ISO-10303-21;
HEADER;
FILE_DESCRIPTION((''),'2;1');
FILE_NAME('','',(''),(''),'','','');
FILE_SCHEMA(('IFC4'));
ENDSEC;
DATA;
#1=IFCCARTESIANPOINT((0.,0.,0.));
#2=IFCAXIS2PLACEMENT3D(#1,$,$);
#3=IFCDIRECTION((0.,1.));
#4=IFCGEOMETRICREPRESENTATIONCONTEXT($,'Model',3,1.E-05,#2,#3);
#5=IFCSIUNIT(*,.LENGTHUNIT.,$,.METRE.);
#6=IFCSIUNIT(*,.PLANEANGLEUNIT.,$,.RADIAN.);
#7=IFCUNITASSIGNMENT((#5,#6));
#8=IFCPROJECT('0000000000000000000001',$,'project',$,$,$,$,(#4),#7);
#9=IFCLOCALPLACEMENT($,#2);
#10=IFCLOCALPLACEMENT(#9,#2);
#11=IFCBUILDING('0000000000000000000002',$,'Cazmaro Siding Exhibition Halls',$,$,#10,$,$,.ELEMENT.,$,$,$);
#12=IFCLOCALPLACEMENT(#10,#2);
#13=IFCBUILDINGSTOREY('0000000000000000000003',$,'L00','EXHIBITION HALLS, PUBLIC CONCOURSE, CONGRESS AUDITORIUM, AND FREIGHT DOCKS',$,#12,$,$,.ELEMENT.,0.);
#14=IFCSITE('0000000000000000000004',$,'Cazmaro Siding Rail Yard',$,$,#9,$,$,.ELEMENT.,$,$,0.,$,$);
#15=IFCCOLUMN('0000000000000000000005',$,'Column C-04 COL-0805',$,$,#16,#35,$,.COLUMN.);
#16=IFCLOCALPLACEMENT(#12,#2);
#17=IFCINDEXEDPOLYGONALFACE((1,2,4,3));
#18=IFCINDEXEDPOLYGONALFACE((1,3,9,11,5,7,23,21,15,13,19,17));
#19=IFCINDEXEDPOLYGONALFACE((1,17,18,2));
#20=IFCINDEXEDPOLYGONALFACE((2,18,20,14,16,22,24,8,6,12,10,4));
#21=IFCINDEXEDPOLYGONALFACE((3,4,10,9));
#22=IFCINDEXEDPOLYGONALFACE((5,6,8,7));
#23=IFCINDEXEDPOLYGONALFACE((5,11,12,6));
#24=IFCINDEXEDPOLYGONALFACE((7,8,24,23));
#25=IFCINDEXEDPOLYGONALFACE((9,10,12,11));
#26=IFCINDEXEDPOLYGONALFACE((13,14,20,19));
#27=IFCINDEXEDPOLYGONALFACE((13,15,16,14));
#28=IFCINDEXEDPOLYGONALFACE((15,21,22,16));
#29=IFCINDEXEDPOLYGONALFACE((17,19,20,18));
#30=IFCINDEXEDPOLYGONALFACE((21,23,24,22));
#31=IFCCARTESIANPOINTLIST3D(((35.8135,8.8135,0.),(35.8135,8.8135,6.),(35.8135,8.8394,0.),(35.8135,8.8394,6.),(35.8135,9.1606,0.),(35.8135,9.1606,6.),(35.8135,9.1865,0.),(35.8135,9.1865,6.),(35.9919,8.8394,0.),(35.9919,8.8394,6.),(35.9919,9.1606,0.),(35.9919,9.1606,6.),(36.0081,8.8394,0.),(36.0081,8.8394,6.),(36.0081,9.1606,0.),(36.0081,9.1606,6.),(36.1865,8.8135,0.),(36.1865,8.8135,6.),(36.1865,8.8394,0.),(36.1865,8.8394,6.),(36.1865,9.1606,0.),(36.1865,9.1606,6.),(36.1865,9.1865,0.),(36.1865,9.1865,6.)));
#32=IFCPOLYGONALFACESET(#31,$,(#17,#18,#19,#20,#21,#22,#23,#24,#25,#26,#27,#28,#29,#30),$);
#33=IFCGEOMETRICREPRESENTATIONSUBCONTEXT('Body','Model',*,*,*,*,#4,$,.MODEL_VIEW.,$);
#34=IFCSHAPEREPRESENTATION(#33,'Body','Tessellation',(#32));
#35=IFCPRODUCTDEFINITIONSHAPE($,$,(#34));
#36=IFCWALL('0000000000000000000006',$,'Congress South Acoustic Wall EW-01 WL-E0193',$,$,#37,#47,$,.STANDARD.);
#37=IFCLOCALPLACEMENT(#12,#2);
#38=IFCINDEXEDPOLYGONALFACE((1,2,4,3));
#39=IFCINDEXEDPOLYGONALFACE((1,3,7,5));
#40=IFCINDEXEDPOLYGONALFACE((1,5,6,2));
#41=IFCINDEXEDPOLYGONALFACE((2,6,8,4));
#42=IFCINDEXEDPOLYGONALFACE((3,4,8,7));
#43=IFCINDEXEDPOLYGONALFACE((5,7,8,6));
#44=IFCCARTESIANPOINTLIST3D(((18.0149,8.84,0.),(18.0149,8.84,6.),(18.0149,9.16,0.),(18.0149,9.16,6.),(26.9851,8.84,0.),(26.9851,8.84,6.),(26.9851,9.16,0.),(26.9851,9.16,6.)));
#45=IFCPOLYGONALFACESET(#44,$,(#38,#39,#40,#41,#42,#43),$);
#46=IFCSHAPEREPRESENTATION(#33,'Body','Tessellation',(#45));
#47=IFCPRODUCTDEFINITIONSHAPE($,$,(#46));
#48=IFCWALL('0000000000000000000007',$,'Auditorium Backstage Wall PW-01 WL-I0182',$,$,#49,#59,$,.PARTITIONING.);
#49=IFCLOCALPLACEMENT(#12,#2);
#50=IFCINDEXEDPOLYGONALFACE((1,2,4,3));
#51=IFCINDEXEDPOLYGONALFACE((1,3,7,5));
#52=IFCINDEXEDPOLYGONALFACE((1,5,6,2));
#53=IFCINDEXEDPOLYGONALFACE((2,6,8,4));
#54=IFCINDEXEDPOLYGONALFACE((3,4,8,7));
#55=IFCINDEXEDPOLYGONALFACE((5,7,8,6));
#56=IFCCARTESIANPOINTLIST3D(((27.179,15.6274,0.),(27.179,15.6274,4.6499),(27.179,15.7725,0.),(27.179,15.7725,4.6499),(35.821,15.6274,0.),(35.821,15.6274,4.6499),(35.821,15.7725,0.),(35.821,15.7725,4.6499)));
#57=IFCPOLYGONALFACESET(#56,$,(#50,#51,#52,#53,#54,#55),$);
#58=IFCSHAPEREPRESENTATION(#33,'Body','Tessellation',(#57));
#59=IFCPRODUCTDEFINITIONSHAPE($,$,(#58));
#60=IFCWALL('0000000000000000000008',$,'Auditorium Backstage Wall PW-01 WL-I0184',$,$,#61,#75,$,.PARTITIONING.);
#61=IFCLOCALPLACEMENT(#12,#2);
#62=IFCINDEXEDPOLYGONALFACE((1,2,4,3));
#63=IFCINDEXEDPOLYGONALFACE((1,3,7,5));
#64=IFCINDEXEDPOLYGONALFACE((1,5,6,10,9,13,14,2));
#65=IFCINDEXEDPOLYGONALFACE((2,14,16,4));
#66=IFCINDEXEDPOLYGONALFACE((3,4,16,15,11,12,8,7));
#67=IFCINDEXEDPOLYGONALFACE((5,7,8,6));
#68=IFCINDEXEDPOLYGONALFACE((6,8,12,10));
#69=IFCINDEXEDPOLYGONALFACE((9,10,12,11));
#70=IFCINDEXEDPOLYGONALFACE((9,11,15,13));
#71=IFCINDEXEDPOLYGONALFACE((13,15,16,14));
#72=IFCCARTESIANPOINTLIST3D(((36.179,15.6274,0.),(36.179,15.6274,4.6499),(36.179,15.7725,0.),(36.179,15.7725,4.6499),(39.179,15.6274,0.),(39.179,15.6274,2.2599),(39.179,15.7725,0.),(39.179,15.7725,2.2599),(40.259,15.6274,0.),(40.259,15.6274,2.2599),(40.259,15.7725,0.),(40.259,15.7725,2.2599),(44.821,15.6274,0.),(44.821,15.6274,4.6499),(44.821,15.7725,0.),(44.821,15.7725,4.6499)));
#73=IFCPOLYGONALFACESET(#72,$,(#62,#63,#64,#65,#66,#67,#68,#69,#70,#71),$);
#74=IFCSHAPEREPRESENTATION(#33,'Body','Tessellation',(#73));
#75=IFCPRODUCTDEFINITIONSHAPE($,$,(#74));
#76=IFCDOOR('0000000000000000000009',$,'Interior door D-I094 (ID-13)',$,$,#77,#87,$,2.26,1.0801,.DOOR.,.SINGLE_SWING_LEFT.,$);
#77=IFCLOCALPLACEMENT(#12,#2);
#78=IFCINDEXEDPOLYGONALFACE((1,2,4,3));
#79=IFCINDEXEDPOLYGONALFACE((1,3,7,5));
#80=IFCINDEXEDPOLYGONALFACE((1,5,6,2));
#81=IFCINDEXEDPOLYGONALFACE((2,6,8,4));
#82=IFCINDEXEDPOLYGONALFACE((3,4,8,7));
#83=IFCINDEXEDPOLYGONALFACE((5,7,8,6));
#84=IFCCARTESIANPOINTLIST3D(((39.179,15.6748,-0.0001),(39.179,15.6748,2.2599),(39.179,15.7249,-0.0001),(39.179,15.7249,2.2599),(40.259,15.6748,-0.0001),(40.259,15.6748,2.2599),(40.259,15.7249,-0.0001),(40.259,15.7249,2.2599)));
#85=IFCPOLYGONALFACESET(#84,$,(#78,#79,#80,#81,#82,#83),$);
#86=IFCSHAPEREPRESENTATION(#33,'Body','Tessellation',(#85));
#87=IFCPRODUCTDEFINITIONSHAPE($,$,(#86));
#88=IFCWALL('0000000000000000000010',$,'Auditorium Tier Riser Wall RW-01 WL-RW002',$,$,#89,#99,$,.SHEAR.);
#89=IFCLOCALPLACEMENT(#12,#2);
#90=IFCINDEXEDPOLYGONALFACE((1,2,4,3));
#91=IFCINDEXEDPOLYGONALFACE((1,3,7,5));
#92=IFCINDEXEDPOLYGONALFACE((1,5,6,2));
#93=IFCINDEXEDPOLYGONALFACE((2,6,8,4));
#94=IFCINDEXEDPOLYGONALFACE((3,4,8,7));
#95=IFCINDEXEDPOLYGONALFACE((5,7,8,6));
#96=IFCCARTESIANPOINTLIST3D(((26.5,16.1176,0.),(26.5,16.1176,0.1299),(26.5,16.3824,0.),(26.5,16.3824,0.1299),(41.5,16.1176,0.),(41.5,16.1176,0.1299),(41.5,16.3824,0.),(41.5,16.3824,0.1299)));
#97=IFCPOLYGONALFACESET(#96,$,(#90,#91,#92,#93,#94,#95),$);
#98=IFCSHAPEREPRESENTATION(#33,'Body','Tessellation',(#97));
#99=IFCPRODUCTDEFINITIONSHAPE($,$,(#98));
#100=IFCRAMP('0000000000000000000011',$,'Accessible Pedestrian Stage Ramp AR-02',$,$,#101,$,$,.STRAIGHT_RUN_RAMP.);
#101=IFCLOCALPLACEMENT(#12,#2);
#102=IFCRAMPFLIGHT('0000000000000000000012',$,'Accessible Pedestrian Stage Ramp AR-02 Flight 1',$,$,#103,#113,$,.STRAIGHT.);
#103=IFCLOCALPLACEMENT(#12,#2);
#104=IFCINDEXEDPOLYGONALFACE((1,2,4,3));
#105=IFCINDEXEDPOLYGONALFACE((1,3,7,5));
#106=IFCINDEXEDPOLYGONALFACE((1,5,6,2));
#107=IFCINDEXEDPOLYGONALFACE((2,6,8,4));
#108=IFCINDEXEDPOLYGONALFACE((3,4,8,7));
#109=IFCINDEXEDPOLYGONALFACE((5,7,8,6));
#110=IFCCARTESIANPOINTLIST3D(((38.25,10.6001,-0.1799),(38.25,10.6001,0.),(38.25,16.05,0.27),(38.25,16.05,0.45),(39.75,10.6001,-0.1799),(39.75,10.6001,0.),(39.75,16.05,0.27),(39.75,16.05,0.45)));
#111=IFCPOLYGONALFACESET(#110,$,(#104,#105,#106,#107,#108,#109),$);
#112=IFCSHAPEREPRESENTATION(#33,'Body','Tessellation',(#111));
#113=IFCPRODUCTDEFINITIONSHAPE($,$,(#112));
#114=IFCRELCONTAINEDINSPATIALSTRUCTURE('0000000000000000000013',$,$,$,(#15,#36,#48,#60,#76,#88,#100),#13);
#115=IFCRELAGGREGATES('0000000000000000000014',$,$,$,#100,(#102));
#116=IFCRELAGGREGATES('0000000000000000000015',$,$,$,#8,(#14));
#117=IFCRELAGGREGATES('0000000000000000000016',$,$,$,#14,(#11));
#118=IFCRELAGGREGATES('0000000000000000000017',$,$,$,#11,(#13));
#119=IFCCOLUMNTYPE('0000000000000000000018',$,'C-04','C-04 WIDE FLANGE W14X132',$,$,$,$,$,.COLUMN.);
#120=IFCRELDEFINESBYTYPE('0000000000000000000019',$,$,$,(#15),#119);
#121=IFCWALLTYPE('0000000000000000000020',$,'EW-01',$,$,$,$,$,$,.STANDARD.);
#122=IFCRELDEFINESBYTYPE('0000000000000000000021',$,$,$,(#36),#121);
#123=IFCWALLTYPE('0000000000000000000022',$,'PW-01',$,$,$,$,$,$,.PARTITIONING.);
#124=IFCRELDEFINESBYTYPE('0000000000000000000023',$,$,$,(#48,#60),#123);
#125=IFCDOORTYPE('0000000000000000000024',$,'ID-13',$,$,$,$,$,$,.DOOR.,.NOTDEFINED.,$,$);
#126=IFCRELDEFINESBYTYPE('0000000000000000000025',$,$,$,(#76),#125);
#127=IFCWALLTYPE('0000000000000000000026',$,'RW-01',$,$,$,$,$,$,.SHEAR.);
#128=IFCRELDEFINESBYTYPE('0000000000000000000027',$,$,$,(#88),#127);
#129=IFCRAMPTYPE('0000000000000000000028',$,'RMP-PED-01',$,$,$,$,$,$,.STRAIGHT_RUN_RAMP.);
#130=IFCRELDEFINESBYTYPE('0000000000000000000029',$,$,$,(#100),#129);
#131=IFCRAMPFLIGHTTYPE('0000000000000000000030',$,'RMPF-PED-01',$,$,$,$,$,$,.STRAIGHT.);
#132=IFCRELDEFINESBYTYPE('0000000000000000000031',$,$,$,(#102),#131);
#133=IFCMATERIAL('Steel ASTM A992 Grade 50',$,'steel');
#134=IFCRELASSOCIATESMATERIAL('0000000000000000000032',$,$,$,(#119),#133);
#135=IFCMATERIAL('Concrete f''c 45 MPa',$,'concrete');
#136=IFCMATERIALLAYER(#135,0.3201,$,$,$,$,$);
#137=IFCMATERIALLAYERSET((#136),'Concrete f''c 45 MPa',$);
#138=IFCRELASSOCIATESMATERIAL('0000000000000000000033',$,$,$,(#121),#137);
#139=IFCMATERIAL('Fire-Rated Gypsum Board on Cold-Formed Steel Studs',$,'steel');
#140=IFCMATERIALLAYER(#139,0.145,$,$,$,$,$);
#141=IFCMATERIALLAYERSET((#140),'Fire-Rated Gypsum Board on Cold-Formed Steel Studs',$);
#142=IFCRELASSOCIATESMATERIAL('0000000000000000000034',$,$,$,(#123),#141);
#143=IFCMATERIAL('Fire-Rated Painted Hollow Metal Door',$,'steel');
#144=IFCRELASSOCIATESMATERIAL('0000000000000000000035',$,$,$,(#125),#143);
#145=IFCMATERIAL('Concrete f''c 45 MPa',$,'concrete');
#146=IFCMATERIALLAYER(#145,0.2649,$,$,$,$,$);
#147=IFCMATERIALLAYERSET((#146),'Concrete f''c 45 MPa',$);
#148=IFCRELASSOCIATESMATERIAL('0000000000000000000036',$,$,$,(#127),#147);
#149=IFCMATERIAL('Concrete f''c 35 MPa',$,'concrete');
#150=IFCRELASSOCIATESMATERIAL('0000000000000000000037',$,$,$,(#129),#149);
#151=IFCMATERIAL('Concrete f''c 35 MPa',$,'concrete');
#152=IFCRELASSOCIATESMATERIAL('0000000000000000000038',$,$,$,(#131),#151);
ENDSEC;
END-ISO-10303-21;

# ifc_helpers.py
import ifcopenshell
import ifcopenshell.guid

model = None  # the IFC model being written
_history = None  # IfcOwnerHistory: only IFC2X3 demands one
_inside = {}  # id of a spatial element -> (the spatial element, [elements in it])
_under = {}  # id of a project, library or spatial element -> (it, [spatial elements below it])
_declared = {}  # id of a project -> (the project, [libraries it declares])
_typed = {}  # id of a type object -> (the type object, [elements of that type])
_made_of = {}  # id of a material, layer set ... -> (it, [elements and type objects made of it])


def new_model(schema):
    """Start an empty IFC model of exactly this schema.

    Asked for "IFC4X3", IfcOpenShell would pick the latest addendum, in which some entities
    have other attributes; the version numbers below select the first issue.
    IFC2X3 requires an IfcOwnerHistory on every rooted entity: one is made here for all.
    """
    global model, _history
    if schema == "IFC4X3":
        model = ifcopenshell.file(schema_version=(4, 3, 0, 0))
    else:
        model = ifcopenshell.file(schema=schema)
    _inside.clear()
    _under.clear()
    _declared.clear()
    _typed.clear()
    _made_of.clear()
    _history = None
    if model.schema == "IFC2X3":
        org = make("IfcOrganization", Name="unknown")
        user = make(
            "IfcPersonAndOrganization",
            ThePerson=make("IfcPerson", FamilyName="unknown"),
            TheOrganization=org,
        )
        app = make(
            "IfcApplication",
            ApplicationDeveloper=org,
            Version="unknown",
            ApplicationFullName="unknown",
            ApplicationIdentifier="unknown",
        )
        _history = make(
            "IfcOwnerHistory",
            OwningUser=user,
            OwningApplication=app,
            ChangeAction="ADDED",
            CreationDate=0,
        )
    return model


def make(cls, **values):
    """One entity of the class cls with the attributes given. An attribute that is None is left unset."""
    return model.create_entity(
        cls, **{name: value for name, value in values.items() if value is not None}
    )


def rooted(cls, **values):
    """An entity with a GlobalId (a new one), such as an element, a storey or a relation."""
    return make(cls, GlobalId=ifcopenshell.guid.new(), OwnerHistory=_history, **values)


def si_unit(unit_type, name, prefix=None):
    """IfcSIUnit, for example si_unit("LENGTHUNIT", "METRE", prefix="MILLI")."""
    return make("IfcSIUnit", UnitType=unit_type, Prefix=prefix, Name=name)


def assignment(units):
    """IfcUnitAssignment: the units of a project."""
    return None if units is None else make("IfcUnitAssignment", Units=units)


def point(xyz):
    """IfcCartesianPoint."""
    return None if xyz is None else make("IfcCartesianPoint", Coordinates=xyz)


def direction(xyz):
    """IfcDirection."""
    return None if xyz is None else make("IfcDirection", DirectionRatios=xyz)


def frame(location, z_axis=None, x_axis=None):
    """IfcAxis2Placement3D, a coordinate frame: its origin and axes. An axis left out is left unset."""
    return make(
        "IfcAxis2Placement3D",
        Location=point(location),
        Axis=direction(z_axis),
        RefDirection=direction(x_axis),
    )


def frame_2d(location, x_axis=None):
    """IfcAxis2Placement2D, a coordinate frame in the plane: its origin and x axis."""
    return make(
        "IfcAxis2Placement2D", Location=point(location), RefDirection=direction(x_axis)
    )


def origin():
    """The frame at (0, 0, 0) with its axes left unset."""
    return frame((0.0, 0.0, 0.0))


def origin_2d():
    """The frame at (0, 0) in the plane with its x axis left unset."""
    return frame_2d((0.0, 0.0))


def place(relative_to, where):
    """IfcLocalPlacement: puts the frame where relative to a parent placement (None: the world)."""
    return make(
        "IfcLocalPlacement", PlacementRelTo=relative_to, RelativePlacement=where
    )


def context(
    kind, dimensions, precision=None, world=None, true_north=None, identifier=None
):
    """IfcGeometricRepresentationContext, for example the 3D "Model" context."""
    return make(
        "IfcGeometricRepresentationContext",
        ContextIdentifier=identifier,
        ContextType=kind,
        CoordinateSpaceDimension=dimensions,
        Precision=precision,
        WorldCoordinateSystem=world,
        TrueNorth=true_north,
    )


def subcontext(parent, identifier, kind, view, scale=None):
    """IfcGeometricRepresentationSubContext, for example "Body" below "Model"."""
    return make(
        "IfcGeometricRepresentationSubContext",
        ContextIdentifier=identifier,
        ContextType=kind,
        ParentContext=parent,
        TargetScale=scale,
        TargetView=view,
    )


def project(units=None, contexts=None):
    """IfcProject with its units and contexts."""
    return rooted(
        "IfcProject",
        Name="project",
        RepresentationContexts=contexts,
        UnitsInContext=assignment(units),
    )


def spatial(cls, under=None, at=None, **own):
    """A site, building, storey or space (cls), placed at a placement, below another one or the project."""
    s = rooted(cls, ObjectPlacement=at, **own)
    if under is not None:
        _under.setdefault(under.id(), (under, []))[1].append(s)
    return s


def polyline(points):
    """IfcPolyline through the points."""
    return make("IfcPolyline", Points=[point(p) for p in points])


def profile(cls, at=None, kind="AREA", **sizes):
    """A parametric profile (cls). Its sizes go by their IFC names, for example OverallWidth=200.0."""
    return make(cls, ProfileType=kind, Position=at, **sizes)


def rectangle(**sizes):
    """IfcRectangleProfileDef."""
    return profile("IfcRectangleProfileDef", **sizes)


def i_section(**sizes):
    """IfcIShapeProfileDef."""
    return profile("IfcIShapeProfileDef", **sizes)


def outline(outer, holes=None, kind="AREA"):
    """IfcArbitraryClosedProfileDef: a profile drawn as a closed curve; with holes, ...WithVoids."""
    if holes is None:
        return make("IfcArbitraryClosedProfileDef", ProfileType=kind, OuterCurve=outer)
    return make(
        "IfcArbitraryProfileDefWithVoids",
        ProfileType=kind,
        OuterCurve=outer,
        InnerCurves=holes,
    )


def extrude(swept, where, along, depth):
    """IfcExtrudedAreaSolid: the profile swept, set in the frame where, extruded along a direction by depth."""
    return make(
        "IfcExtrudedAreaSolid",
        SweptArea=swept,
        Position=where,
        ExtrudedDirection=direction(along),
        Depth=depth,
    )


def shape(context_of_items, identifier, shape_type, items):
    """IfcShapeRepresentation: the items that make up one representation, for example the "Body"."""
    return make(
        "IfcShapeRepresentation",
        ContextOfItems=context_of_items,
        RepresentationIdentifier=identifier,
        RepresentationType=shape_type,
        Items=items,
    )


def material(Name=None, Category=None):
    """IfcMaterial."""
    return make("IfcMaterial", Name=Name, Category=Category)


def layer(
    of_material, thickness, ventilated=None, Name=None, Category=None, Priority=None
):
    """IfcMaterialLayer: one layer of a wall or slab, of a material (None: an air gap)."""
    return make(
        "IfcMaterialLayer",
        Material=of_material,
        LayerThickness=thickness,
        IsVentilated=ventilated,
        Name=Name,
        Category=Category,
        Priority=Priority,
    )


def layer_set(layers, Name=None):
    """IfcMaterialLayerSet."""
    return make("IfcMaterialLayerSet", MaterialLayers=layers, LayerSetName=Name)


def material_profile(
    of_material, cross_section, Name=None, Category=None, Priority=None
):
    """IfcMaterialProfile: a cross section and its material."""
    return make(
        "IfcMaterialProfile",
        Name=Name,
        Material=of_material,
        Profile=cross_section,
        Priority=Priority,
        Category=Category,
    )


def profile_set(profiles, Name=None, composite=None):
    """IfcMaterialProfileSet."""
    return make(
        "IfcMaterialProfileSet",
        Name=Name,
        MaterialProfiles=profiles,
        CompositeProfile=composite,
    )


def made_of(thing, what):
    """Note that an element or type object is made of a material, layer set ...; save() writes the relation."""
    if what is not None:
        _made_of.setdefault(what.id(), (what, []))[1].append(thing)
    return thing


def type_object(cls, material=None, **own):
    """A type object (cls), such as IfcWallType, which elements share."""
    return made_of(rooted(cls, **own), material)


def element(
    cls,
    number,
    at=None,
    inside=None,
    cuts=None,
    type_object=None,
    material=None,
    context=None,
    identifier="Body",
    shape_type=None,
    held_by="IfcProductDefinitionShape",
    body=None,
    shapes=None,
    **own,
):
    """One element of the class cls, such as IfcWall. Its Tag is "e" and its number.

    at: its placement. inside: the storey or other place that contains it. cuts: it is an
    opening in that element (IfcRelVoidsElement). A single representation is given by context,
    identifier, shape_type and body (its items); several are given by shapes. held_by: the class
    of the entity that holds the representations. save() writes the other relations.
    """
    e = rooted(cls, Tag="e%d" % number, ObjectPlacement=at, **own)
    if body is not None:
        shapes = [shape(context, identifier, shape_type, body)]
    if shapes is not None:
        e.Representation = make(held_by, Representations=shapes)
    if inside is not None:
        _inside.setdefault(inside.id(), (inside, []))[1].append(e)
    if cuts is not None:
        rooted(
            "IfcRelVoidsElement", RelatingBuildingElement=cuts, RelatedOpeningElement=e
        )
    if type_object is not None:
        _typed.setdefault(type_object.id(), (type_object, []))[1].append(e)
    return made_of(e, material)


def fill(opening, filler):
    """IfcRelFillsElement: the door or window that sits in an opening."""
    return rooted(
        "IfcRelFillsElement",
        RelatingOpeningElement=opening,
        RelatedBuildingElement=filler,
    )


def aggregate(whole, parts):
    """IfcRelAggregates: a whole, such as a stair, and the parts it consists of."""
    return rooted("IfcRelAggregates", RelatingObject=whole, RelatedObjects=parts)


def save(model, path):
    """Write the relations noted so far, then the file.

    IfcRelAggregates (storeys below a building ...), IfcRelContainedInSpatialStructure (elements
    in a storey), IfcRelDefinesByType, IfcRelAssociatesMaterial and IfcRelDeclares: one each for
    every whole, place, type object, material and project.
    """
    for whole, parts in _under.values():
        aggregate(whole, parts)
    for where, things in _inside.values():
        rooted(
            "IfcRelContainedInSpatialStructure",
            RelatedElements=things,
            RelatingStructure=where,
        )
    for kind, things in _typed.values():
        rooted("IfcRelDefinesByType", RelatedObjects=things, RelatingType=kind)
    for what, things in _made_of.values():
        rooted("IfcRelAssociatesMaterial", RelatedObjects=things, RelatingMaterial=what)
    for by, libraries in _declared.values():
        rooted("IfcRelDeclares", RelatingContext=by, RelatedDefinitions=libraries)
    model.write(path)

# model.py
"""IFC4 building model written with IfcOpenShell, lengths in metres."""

from ifc_helpers import new_model, si_unit, direction, frame, frame_2d, origin, origin_2d, place, context, subcontext, project, spatial, polyline, rectangle, i_section, outline, extrude, material, layer, layer_set, material_profile, profile_set, type_object, element, fill, aggregate, save


model = new_model("IFC4")

# Units and contexts
model_context = context("Model", 3, precision=1e-05, world=origin(), true_north=direction((0.0, 1.0)))
body_context = subcontext(model_context, "Body", "Model", "MODEL_VIEW")
ifc_project = project(units=[si_unit("LENGTHUNIT", "METRE"), si_unit("PLANEANGLEUNIT", "RADIAN")], contexts=[model_context])

# Site, building, storey
site_placement = place(None, origin())
site = spatial("IfcSite", under=ifc_project, at=site_placement, Name="Cazmaro Siding Rail Yard", CompositionType="ELEMENT", RefElevation=0.0)
building_placement = place(site_placement, origin())
building = spatial("IfcBuilding", under=site, at=building_placement, Name="Cazmaro Siding Exhibition Halls", CompositionType="ELEMENT")
storey_placement = place(building_placement, origin())
storey = spatial("IfcBuildingStorey", under=building, at=storey_placement, Name="L00", Description="EXHIBITION HALLS, PUBLIC CONCOURSE, CONGRESS AUDITORIUM, AND FREIGHT DOCKS", CompositionType="ELEMENT", Elevation=0.0)

# Column
ifc_material_1 = material(Name="Steel ASTM A992 Grade 50", Category="steel")
ifc_material_profile_1 = material_profile(ifc_material_1, i_section(OverallWidth=0.373, OverallDepth=0.373, WebThickness=0.0161, FlangeThickness=0.0259, at=origin_2d()), Name="W14X132")
ifc_profile_set_1 = profile_set([ifc_material_profile_1], Name="Steel ASTM A992 Grade 50")
column_type = type_object("IfcColumnType", Name="C-04", Description="C-04 WIDE FLANGE W14X132", PredefinedType="COLUMN", material=ifc_profile_set_1)
for number, where, z_axis, x_axis, name in (
    (1, (36.0, 9.0, 0.0), (0.0, 0.0, 1.0), (1.0, 0.0, 0.0), "Column C-04 COL-0805"),
):
    element("IfcColumn", number, at=place(storey_placement, frame(where, z_axis=z_axis, x_axis=x_axis)), inside=storey, type_object=column_type, Name=name, PredefinedType="COLUMN", context=body_context, shape_type="SweptSolid", body=[
        extrude(i_section(OverallWidth=0.373, OverallDepth=0.373, WebThickness=0.0161, FlangeThickness=0.0259, at=origin_2d()), origin(), (0.0, 0.0, 1.0), 6.0),
    ])

# Wall
ifc_material_2 = material(Name="Concrete f'c 45 MPa", Category="concrete")
ifc_layer_1 = layer(ifc_material_2, 0.3201)
ifc_layer_set_1 = layer_set([ifc_layer_1], Name="Concrete f'c 45 MPa")
wall_type_1 = type_object("IfcWallType", Name="EW-01", PredefinedType="STANDARD", material=ifc_layer_set_1)
wall_1_placement = place(storey_placement, frame((26.9851, 9.0, 0.0), z_axis=(0.0, 0.0, 1.0), x_axis=(-1.0, 0.0, 0.0)))
element("IfcWall", 2, at=wall_1_placement, inside=storey, type_object=wall_type_1, Name="Congress South Acoustic Wall EW-01 WL-E0193", PredefinedType="STANDARD", context=body_context, shape_type="SweptSolid", body=[
    extrude(rectangle(XDim=8.9702, YDim=0.3201, at=frame_2d((4.4851, 0.0))), origin(), (0.0, 0.0, 1.0), 6.0),
])

# Wall
ifc_material_3 = material(Name="Fire-Rated Gypsum Board on Cold-Formed Steel Studs", Category="steel")
ifc_layer_2 = layer(ifc_material_3, 0.145)
ifc_layer_set_2 = layer_set([ifc_layer_2], Name="Fire-Rated Gypsum Board on Cold-Formed Steel Studs")
wall_type_2 = type_object("IfcWallType", Name="PW-01", PredefinedType="PARTITIONING", material=ifc_layer_set_2)
wall_2_placement = place(storey_placement, frame((27.179, 15.7, 0.0), z_axis=(0.0, 0.0, 1.0), x_axis=(1.0, 0.0, 0.0)))
element("IfcWall", 3, at=wall_2_placement, inside=storey, type_object=wall_type_2, Name="Auditorium Backstage Wall PW-01 WL-I0182", PredefinedType="PARTITIONING", context=body_context, shape_type="SweptSolid", body=[
    extrude(rectangle(XDim=8.6421, YDim=0.145, at=frame_2d((4.321, 0.0))), origin(), (0.0, 0.0, 1.0), 4.6499),
])

# Wall, opening, door
wall_3_placement = place(storey_placement, frame((36.179, 15.7, 0.0), z_axis=(0.0, 0.0, 1.0), x_axis=(1.0, 0.0, 0.0)))
wall_3 = element("IfcWall", 4, at=wall_3_placement, inside=storey, type_object=wall_type_2, Name="Auditorium Backstage Wall PW-01 WL-I0184", PredefinedType="PARTITIONING", context=body_context, shape_type="SweptSolid", body=[
    extrude(rectangle(XDim=8.6421, YDim=0.145, at=frame_2d((4.321, 0.0))), origin(), (0.0, 0.0, 1.0), 4.6499),
])
opening_1_placement = place(wall_3_placement, frame((3.0, 0.0, 0.0)))
opening_1 = element("IfcOpeningElement", 5, at=opening_1_placement, cuts=wall_3, PredefinedType="OPENING", context=body_context, shape_type="SweptSolid", body=[
    extrude(rectangle(XDim=1.0801, YDim=2.26, at=frame_2d((0.54, 1.1299))), frame((0.0, 0.0825, 0.0), z_axis=(0.0, -1.0, 0.0), x_axis=(1.0, 0.0, 0.0)), (0.0, 0.0, 1.0), 0.165),
])
ifc_material_4 = material(Name="Fire-Rated Painted Hollow Metal Door", Category="steel")
door_type_1 = type_object("IfcDoorType", Name="ID-13", OperationType="NOTDEFINED", PredefinedType="DOOR", material=ifc_material_4)
door_1_placement = place(opening_1_placement, origin())
door_1 = element("IfcDoor", 6, at=door_1_placement, inside=storey, type_object=door_type_1, Name="Interior door D-I094 (ID-13)", OperationType="SINGLE_SWING_LEFT", OverallHeight=2.26, OverallWidth=1.0801, PredefinedType="DOOR", context=body_context, shape_type="SweptSolid", body=[
    extrude(rectangle(XDim=1.0801, YDim=2.26, at=frame_2d((0.54, 1.1299))), frame((0.0, 0.0249, 0.0), z_axis=(0.0, -1.0, 0.0), x_axis=(1.0, 0.0, 0.0)), (0.0, 0.0, 1.0), 0.05),
])
fill(opening_1, door_1)

# Wall
ifc_material_5 = material(Name="Concrete f'c 45 MPa", Category="concrete")
ifc_layer_3 = layer(ifc_material_5, 0.2649)
ifc_layer_set_3 = layer_set([ifc_layer_3], Name="Concrete f'c 45 MPa")
wall_type_3 = type_object("IfcWallType", Name="RW-01", PredefinedType="SHEAR", material=ifc_layer_set_3)
wall_4_placement = place(storey_placement, frame((26.5, 16.25, 0.0), z_axis=(0.0, 0.0, 1.0), x_axis=(1.0, 0.0, 0.0)))
element("IfcWall", 7, at=wall_4_placement, inside=storey, type_object=wall_type_3, Name="Auditorium Tier Riser Wall RW-01 WL-RW002", PredefinedType="SHEAR", context=body_context, shape_type="SweptSolid", body=[
    extrude(rectangle(XDim=15.0, YDim=0.2649, at=frame_2d((7.5, 0.0))), origin(), (0.0, 0.0, 1.0), 0.1299),
])

# Ramp, ramp flight
ifc_material_6 = material(Name="Concrete f'c 35 MPa", Category="concrete")
ramp_type = type_object("IfcRampType", Name="RMP-PED-01", PredefinedType="STRAIGHT_RUN_RAMP", material=ifc_material_6)
ramp_placement = place(storey_placement, origin())
ramp = element("IfcRamp", 8, at=ramp_placement, inside=storey, type_object=ramp_type, Name="Accessible Pedestrian Stage Ramp AR-02", PredefinedType="STRAIGHT_RUN_RAMP")
ifc_material_7 = material(Name="Concrete f'c 35 MPa", Category="concrete")
ramp_flight_type = type_object("IfcRampFlightType", Name="RMPF-PED-01", PredefinedType="STRAIGHT", material=ifc_material_7)
ramp_flight_placement = place(storey_placement, frame((39.0, 10.6001, 0.0), z_axis=(0.0, 0.0, 1.0), x_axis=(0.0, 1.0, 0.0)))
ramp_flight = element("IfcRampFlight", 9, at=ramp_flight_placement, type_object=ramp_flight_type, Name="Accessible Pedestrian Stage Ramp AR-02 Flight 1", PredefinedType="STRAIGHT", context=body_context, shape_type="SweptSolid", body=[
    extrude(outline(polyline([(0.0, -0.1799), (5.45, 0.27), (5.45, 0.45), (0.0, 0.0), (0.0, -0.1799)])), frame((0.0, 0.75, 0.0), z_axis=(0.0, -1.0, 0.0), x_axis=(1.0, 0.0, 0.0)), (0.0, 0.0, 1.0), 1.5),
])
aggregate(ramp, [ramp_flight])

save(model, "model.ifc")
